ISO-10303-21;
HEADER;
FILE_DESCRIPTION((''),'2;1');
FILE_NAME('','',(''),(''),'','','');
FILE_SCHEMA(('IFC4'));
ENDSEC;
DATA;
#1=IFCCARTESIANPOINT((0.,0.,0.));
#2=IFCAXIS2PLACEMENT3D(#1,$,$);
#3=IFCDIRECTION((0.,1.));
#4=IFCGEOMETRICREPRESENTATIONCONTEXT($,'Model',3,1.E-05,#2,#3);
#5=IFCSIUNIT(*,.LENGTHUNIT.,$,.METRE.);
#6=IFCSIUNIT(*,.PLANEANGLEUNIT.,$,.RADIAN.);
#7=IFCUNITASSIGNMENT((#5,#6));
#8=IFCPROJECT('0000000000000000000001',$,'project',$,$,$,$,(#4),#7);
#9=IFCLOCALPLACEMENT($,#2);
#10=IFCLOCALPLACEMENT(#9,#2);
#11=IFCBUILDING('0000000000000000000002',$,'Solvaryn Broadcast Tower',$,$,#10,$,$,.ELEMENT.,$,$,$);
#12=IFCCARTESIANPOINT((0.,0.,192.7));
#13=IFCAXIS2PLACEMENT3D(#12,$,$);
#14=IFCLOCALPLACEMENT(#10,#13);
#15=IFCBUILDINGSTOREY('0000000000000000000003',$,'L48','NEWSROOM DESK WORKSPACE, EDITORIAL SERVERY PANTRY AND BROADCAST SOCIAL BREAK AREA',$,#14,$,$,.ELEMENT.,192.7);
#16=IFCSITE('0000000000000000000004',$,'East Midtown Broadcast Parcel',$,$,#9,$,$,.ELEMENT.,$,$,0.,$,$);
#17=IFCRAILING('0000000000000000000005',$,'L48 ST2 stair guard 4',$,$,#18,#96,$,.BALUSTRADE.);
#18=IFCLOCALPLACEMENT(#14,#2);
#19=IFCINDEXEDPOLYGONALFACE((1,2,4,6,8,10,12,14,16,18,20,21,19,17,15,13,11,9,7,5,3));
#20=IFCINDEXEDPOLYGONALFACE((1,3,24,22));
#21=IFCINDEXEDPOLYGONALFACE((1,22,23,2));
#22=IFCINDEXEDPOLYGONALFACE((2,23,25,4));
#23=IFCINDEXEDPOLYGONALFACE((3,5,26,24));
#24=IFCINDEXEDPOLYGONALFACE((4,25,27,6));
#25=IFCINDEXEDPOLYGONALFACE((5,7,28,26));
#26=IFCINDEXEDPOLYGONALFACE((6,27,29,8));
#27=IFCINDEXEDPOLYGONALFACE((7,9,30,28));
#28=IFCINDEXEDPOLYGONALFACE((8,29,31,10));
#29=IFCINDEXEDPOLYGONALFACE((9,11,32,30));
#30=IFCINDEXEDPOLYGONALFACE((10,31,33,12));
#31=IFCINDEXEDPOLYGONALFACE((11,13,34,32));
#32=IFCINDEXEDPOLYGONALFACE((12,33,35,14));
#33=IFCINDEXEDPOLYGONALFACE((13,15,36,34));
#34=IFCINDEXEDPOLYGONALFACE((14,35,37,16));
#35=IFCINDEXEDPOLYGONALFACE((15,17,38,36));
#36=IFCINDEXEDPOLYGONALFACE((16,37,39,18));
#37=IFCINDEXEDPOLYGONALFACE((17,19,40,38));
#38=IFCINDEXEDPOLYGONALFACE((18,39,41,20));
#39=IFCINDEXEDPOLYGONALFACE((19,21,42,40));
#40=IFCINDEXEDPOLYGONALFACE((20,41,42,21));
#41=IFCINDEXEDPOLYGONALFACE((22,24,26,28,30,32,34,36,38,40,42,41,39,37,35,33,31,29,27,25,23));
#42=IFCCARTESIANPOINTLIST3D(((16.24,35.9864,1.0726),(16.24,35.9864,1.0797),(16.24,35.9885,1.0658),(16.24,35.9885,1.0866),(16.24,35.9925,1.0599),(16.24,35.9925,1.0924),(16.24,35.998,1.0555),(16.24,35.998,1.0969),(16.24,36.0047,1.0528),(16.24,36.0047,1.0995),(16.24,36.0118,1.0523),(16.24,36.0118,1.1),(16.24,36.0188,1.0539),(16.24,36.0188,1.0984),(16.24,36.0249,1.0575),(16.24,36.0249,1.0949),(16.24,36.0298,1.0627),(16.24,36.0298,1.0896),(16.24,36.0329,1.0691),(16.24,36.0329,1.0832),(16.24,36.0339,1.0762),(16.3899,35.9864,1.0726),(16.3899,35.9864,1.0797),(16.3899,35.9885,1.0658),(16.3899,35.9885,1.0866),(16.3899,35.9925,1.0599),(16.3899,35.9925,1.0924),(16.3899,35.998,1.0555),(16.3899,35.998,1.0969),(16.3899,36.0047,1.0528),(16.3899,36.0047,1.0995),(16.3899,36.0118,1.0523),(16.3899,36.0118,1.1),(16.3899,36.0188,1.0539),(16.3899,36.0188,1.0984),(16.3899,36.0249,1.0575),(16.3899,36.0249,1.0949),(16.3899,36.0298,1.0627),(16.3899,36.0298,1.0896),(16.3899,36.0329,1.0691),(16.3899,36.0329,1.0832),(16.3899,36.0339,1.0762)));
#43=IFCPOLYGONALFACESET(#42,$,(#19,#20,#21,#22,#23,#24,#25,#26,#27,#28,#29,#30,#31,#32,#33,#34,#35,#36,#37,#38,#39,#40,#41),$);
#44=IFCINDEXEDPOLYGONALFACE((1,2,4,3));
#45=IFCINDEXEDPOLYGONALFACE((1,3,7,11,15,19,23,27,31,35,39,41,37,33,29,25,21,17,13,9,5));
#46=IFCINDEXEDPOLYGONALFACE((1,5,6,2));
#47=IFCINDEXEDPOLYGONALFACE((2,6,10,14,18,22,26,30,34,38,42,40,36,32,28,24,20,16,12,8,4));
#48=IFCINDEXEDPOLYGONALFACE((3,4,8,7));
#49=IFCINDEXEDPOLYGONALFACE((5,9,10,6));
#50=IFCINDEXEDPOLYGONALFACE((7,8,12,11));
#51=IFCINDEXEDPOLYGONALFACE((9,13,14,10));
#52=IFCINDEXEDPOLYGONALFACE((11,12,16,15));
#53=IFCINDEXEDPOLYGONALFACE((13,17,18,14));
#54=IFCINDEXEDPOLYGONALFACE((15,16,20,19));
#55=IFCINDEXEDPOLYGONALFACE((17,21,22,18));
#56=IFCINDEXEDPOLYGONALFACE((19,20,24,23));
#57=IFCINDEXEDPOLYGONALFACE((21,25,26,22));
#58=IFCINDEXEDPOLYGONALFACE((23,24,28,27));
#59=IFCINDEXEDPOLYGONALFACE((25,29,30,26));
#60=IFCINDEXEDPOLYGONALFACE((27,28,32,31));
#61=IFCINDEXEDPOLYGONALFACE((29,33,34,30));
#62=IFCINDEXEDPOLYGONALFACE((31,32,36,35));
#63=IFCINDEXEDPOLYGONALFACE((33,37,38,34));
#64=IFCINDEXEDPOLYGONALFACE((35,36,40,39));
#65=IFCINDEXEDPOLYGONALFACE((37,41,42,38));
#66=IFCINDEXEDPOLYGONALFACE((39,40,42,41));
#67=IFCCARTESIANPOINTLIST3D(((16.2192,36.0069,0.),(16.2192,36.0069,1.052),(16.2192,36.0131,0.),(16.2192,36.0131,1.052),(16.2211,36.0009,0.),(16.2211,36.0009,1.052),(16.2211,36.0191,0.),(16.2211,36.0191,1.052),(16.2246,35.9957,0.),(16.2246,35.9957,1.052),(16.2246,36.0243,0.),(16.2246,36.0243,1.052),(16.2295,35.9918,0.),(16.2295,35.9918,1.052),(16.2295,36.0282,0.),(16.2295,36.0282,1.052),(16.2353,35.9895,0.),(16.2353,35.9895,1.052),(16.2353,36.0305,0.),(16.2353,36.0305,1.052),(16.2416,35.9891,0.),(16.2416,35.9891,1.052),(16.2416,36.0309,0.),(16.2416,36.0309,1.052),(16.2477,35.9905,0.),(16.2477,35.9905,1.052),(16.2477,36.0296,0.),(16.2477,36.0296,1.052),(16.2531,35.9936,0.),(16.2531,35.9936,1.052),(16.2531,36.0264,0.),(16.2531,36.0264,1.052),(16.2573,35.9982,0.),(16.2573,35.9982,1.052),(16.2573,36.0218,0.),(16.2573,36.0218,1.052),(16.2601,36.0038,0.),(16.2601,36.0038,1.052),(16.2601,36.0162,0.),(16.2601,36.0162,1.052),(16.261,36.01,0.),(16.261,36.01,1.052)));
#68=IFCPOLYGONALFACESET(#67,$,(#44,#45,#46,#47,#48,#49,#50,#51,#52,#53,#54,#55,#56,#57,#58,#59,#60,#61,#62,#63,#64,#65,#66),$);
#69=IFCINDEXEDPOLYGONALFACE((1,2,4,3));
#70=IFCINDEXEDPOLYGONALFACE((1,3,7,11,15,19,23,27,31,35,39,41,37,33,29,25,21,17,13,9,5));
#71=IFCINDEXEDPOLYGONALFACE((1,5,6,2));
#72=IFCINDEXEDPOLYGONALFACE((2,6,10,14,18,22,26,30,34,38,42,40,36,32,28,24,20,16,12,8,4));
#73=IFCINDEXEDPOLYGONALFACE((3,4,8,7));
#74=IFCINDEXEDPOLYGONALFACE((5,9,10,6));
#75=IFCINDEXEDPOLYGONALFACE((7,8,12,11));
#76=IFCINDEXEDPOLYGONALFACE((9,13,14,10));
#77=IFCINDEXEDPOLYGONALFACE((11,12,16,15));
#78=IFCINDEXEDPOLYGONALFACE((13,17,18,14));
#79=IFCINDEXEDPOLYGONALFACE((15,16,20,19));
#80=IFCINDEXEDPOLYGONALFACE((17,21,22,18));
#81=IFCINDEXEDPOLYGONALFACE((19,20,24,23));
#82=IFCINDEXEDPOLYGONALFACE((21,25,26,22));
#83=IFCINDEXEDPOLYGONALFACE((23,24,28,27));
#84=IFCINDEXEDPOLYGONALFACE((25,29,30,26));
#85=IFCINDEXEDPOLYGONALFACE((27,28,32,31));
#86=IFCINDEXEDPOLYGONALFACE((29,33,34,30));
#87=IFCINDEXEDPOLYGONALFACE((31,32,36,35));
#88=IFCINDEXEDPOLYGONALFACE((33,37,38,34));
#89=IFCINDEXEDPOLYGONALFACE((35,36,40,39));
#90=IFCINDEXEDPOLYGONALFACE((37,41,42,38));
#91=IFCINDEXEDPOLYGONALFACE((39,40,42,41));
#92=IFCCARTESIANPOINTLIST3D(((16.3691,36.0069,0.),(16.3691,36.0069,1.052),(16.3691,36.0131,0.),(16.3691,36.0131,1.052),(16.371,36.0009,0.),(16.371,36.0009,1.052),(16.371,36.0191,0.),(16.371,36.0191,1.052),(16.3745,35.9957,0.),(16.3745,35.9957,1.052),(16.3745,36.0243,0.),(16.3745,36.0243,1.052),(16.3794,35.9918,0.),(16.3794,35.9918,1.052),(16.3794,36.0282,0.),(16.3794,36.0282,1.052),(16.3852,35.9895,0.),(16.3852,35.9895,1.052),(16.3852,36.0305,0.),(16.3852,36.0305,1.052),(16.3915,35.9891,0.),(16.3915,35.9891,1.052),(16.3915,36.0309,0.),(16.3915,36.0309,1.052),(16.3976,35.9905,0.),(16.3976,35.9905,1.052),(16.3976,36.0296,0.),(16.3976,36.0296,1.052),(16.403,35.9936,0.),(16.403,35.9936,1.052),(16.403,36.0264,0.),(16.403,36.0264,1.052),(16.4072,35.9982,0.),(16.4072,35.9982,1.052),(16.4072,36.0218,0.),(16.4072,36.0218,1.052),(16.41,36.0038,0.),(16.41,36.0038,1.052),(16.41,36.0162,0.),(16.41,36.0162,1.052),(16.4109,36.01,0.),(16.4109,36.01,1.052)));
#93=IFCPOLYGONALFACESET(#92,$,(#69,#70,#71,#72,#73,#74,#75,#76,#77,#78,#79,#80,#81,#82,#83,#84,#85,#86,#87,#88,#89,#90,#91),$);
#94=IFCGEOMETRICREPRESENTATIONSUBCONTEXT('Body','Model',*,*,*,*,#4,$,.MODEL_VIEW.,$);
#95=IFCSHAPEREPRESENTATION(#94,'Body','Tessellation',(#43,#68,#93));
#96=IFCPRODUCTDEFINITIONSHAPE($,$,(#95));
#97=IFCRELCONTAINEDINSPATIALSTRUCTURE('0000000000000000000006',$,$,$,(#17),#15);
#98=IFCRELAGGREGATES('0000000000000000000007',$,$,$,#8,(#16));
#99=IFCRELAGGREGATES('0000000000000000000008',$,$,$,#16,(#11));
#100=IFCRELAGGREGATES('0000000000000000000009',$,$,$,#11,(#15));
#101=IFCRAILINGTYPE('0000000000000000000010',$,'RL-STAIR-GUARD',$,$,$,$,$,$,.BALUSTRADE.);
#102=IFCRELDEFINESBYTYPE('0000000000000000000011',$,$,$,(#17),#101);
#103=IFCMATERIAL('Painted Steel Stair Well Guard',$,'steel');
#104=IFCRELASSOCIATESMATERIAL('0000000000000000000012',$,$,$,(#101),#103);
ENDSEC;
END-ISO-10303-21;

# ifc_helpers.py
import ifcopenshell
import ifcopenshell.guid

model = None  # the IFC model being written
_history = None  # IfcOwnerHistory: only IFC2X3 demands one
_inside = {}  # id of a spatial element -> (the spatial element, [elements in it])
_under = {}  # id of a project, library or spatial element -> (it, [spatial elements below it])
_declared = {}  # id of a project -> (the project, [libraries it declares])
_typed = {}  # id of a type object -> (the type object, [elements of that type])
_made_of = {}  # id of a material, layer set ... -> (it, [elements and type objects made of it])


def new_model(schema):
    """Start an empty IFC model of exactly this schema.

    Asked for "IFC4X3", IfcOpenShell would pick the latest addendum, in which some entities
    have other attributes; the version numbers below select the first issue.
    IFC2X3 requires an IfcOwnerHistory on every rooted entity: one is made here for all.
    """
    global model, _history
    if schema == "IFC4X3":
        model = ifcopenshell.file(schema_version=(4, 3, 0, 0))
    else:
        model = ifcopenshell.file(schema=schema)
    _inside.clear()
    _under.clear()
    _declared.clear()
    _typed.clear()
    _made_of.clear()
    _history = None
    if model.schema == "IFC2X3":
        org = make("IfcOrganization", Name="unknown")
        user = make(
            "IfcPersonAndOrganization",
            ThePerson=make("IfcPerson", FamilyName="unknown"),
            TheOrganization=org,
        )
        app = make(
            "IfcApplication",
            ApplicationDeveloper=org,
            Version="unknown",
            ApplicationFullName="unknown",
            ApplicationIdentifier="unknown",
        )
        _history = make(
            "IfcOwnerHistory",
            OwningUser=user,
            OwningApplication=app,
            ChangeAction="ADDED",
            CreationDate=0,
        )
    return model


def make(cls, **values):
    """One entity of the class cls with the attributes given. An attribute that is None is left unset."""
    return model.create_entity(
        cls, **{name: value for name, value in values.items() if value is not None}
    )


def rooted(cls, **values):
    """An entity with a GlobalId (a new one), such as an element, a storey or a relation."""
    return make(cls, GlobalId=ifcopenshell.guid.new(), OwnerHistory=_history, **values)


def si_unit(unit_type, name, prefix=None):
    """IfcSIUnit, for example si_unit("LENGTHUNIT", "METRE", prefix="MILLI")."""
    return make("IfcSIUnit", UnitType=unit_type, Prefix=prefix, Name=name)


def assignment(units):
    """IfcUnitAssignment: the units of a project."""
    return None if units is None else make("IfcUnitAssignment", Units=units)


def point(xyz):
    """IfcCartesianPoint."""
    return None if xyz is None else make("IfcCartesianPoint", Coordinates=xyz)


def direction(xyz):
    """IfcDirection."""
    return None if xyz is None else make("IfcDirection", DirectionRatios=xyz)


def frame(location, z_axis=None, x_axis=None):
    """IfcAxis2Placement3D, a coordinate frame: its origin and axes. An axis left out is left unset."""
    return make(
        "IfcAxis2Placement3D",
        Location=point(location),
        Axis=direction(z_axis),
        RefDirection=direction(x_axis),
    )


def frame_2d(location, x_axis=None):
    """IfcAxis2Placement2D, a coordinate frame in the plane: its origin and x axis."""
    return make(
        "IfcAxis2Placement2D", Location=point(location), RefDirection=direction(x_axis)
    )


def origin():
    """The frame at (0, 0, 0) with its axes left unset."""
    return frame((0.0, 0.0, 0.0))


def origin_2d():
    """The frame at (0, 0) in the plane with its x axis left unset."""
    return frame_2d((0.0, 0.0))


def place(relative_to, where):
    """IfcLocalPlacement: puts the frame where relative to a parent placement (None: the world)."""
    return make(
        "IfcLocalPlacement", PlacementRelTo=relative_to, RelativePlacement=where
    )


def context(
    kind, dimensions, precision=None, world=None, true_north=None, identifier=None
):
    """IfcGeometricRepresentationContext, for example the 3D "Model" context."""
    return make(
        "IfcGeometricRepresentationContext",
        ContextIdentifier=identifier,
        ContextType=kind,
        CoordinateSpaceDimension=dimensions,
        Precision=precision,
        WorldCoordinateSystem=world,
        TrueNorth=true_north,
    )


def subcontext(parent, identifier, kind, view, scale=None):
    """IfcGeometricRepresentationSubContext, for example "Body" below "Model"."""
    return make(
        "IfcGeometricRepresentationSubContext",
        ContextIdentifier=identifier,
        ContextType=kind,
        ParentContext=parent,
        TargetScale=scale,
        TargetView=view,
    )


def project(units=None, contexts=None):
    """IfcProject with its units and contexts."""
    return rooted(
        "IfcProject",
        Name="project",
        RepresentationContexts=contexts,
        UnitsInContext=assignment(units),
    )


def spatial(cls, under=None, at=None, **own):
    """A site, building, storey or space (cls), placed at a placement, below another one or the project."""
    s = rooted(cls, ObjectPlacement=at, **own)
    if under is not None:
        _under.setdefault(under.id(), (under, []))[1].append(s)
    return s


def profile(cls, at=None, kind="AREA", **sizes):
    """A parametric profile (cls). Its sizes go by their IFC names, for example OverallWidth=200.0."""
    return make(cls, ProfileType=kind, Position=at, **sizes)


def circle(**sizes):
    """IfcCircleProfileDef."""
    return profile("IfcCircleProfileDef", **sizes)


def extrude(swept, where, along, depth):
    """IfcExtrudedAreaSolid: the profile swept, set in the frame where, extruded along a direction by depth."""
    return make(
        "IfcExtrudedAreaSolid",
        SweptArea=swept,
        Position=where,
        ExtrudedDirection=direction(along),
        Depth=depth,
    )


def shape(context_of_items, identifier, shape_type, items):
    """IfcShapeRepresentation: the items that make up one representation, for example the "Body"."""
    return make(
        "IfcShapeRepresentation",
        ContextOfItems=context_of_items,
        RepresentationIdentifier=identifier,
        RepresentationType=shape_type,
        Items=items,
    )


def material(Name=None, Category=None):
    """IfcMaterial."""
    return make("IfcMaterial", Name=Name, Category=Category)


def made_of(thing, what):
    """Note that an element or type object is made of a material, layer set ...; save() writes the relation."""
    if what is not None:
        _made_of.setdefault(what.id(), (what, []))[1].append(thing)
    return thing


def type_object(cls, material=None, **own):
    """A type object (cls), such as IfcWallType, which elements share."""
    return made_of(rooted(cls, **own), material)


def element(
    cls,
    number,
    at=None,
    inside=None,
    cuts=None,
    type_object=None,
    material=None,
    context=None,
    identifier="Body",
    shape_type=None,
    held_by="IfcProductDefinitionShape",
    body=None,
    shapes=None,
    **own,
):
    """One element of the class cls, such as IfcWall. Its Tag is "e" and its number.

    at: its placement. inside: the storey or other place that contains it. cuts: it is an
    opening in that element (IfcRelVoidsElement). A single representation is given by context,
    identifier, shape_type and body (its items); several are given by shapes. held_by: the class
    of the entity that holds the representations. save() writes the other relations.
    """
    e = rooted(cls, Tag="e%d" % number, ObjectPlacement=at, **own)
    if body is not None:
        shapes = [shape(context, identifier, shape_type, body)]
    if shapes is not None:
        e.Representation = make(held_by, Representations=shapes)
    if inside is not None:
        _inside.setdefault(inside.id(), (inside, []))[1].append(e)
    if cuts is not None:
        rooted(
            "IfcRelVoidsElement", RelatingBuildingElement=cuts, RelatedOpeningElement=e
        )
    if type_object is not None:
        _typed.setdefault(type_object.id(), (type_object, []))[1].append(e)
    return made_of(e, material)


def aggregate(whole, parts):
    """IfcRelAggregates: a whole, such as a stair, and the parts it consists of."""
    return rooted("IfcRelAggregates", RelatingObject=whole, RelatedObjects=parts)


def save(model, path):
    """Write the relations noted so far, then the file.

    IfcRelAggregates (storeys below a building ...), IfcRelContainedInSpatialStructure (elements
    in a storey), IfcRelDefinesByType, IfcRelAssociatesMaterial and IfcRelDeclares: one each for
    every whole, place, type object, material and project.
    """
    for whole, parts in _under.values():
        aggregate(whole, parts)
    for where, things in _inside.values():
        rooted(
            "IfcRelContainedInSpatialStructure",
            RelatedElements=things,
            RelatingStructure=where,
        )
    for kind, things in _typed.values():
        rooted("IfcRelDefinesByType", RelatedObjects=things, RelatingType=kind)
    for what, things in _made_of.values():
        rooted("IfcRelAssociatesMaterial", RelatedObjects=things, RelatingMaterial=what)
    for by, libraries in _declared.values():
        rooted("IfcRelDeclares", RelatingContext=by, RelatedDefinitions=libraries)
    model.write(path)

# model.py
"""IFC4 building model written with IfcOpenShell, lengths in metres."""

from ifc_helpers import new_model, si_unit, direction, frame, origin, origin_2d, place, context, subcontext, project, spatial, circle, extrude, material, type_object, element, save


model = new_model("IFC4")

# Units and contexts
model_context = context("Model", 3, precision=1e-05, world=origin(), true_north=direction((0.0, 1.0)))
body_context = subcontext(model_context, "Body", "Model", "MODEL_VIEW")
ifc_project = project(units=[si_unit("LENGTHUNIT", "METRE"), si_unit("PLANEANGLEUNIT", "RADIAN")], contexts=[model_context])

# Site, building, storey
site_placement = place(None, origin())
site = spatial("IfcSite", under=ifc_project, at=site_placement, Name="East Midtown Broadcast Parcel", CompositionType="ELEMENT", RefElevation=0.0)
building_placement = place(site_placement, origin())
building = spatial("IfcBuilding", under=site, at=building_placement, Name="Solvaryn Broadcast Tower", CompositionType="ELEMENT")
storey_placement = place(building_placement, frame((0.0, 0.0, 192.7)))
storey = spatial("IfcBuildingStorey", under=building, at=storey_placement, Name="L48", Description="NEWSROOM DESK WORKSPACE, EDITORIAL SERVERY PANTRY AND BROADCAST SOCIAL BREAK AREA", CompositionType="ELEMENT", Elevation=192.7)

# Railing
ifc_material_1 = material(Name="Painted Steel Stair Well Guard", Category="steel")
railing_type_1 = type_object("IfcRailingType", Name="RL-STAIR-GUARD", PredefinedType="BALUSTRADE", material=ifc_material_1)
railing_1_placement = place(storey_placement, frame((16.24, 36.01, 0.0)))
element("IfcRailing", 1, at=railing_1_placement, inside=storey, type_object=railing_type_1, Name="L48 ST2 stair guard 4", PredefinedType="BALUSTRADE", context=body_context, shape_type="SweptSolid", body=[
    extrude(circle(Radius=0.0239, at=origin_2d()), frame((0.0, 0.0, 1.0762), z_axis=(1.0, 0.0, 0.0), x_axis=(0.0, 1.0, 0.0)), (0.0, 0.0, 1.0), 0.1499),
    extrude(circle(Radius=0.021, at=origin_2d()), origin(), (0.0, 0.0, 1.0), 1.052),
    extrude(circle(Radius=0.021, at=origin_2d()), frame((0.1499, 0.0, 0.0)), (0.0, 0.0, 1.0), 1.052),
])

save(model, "model.ifc")
